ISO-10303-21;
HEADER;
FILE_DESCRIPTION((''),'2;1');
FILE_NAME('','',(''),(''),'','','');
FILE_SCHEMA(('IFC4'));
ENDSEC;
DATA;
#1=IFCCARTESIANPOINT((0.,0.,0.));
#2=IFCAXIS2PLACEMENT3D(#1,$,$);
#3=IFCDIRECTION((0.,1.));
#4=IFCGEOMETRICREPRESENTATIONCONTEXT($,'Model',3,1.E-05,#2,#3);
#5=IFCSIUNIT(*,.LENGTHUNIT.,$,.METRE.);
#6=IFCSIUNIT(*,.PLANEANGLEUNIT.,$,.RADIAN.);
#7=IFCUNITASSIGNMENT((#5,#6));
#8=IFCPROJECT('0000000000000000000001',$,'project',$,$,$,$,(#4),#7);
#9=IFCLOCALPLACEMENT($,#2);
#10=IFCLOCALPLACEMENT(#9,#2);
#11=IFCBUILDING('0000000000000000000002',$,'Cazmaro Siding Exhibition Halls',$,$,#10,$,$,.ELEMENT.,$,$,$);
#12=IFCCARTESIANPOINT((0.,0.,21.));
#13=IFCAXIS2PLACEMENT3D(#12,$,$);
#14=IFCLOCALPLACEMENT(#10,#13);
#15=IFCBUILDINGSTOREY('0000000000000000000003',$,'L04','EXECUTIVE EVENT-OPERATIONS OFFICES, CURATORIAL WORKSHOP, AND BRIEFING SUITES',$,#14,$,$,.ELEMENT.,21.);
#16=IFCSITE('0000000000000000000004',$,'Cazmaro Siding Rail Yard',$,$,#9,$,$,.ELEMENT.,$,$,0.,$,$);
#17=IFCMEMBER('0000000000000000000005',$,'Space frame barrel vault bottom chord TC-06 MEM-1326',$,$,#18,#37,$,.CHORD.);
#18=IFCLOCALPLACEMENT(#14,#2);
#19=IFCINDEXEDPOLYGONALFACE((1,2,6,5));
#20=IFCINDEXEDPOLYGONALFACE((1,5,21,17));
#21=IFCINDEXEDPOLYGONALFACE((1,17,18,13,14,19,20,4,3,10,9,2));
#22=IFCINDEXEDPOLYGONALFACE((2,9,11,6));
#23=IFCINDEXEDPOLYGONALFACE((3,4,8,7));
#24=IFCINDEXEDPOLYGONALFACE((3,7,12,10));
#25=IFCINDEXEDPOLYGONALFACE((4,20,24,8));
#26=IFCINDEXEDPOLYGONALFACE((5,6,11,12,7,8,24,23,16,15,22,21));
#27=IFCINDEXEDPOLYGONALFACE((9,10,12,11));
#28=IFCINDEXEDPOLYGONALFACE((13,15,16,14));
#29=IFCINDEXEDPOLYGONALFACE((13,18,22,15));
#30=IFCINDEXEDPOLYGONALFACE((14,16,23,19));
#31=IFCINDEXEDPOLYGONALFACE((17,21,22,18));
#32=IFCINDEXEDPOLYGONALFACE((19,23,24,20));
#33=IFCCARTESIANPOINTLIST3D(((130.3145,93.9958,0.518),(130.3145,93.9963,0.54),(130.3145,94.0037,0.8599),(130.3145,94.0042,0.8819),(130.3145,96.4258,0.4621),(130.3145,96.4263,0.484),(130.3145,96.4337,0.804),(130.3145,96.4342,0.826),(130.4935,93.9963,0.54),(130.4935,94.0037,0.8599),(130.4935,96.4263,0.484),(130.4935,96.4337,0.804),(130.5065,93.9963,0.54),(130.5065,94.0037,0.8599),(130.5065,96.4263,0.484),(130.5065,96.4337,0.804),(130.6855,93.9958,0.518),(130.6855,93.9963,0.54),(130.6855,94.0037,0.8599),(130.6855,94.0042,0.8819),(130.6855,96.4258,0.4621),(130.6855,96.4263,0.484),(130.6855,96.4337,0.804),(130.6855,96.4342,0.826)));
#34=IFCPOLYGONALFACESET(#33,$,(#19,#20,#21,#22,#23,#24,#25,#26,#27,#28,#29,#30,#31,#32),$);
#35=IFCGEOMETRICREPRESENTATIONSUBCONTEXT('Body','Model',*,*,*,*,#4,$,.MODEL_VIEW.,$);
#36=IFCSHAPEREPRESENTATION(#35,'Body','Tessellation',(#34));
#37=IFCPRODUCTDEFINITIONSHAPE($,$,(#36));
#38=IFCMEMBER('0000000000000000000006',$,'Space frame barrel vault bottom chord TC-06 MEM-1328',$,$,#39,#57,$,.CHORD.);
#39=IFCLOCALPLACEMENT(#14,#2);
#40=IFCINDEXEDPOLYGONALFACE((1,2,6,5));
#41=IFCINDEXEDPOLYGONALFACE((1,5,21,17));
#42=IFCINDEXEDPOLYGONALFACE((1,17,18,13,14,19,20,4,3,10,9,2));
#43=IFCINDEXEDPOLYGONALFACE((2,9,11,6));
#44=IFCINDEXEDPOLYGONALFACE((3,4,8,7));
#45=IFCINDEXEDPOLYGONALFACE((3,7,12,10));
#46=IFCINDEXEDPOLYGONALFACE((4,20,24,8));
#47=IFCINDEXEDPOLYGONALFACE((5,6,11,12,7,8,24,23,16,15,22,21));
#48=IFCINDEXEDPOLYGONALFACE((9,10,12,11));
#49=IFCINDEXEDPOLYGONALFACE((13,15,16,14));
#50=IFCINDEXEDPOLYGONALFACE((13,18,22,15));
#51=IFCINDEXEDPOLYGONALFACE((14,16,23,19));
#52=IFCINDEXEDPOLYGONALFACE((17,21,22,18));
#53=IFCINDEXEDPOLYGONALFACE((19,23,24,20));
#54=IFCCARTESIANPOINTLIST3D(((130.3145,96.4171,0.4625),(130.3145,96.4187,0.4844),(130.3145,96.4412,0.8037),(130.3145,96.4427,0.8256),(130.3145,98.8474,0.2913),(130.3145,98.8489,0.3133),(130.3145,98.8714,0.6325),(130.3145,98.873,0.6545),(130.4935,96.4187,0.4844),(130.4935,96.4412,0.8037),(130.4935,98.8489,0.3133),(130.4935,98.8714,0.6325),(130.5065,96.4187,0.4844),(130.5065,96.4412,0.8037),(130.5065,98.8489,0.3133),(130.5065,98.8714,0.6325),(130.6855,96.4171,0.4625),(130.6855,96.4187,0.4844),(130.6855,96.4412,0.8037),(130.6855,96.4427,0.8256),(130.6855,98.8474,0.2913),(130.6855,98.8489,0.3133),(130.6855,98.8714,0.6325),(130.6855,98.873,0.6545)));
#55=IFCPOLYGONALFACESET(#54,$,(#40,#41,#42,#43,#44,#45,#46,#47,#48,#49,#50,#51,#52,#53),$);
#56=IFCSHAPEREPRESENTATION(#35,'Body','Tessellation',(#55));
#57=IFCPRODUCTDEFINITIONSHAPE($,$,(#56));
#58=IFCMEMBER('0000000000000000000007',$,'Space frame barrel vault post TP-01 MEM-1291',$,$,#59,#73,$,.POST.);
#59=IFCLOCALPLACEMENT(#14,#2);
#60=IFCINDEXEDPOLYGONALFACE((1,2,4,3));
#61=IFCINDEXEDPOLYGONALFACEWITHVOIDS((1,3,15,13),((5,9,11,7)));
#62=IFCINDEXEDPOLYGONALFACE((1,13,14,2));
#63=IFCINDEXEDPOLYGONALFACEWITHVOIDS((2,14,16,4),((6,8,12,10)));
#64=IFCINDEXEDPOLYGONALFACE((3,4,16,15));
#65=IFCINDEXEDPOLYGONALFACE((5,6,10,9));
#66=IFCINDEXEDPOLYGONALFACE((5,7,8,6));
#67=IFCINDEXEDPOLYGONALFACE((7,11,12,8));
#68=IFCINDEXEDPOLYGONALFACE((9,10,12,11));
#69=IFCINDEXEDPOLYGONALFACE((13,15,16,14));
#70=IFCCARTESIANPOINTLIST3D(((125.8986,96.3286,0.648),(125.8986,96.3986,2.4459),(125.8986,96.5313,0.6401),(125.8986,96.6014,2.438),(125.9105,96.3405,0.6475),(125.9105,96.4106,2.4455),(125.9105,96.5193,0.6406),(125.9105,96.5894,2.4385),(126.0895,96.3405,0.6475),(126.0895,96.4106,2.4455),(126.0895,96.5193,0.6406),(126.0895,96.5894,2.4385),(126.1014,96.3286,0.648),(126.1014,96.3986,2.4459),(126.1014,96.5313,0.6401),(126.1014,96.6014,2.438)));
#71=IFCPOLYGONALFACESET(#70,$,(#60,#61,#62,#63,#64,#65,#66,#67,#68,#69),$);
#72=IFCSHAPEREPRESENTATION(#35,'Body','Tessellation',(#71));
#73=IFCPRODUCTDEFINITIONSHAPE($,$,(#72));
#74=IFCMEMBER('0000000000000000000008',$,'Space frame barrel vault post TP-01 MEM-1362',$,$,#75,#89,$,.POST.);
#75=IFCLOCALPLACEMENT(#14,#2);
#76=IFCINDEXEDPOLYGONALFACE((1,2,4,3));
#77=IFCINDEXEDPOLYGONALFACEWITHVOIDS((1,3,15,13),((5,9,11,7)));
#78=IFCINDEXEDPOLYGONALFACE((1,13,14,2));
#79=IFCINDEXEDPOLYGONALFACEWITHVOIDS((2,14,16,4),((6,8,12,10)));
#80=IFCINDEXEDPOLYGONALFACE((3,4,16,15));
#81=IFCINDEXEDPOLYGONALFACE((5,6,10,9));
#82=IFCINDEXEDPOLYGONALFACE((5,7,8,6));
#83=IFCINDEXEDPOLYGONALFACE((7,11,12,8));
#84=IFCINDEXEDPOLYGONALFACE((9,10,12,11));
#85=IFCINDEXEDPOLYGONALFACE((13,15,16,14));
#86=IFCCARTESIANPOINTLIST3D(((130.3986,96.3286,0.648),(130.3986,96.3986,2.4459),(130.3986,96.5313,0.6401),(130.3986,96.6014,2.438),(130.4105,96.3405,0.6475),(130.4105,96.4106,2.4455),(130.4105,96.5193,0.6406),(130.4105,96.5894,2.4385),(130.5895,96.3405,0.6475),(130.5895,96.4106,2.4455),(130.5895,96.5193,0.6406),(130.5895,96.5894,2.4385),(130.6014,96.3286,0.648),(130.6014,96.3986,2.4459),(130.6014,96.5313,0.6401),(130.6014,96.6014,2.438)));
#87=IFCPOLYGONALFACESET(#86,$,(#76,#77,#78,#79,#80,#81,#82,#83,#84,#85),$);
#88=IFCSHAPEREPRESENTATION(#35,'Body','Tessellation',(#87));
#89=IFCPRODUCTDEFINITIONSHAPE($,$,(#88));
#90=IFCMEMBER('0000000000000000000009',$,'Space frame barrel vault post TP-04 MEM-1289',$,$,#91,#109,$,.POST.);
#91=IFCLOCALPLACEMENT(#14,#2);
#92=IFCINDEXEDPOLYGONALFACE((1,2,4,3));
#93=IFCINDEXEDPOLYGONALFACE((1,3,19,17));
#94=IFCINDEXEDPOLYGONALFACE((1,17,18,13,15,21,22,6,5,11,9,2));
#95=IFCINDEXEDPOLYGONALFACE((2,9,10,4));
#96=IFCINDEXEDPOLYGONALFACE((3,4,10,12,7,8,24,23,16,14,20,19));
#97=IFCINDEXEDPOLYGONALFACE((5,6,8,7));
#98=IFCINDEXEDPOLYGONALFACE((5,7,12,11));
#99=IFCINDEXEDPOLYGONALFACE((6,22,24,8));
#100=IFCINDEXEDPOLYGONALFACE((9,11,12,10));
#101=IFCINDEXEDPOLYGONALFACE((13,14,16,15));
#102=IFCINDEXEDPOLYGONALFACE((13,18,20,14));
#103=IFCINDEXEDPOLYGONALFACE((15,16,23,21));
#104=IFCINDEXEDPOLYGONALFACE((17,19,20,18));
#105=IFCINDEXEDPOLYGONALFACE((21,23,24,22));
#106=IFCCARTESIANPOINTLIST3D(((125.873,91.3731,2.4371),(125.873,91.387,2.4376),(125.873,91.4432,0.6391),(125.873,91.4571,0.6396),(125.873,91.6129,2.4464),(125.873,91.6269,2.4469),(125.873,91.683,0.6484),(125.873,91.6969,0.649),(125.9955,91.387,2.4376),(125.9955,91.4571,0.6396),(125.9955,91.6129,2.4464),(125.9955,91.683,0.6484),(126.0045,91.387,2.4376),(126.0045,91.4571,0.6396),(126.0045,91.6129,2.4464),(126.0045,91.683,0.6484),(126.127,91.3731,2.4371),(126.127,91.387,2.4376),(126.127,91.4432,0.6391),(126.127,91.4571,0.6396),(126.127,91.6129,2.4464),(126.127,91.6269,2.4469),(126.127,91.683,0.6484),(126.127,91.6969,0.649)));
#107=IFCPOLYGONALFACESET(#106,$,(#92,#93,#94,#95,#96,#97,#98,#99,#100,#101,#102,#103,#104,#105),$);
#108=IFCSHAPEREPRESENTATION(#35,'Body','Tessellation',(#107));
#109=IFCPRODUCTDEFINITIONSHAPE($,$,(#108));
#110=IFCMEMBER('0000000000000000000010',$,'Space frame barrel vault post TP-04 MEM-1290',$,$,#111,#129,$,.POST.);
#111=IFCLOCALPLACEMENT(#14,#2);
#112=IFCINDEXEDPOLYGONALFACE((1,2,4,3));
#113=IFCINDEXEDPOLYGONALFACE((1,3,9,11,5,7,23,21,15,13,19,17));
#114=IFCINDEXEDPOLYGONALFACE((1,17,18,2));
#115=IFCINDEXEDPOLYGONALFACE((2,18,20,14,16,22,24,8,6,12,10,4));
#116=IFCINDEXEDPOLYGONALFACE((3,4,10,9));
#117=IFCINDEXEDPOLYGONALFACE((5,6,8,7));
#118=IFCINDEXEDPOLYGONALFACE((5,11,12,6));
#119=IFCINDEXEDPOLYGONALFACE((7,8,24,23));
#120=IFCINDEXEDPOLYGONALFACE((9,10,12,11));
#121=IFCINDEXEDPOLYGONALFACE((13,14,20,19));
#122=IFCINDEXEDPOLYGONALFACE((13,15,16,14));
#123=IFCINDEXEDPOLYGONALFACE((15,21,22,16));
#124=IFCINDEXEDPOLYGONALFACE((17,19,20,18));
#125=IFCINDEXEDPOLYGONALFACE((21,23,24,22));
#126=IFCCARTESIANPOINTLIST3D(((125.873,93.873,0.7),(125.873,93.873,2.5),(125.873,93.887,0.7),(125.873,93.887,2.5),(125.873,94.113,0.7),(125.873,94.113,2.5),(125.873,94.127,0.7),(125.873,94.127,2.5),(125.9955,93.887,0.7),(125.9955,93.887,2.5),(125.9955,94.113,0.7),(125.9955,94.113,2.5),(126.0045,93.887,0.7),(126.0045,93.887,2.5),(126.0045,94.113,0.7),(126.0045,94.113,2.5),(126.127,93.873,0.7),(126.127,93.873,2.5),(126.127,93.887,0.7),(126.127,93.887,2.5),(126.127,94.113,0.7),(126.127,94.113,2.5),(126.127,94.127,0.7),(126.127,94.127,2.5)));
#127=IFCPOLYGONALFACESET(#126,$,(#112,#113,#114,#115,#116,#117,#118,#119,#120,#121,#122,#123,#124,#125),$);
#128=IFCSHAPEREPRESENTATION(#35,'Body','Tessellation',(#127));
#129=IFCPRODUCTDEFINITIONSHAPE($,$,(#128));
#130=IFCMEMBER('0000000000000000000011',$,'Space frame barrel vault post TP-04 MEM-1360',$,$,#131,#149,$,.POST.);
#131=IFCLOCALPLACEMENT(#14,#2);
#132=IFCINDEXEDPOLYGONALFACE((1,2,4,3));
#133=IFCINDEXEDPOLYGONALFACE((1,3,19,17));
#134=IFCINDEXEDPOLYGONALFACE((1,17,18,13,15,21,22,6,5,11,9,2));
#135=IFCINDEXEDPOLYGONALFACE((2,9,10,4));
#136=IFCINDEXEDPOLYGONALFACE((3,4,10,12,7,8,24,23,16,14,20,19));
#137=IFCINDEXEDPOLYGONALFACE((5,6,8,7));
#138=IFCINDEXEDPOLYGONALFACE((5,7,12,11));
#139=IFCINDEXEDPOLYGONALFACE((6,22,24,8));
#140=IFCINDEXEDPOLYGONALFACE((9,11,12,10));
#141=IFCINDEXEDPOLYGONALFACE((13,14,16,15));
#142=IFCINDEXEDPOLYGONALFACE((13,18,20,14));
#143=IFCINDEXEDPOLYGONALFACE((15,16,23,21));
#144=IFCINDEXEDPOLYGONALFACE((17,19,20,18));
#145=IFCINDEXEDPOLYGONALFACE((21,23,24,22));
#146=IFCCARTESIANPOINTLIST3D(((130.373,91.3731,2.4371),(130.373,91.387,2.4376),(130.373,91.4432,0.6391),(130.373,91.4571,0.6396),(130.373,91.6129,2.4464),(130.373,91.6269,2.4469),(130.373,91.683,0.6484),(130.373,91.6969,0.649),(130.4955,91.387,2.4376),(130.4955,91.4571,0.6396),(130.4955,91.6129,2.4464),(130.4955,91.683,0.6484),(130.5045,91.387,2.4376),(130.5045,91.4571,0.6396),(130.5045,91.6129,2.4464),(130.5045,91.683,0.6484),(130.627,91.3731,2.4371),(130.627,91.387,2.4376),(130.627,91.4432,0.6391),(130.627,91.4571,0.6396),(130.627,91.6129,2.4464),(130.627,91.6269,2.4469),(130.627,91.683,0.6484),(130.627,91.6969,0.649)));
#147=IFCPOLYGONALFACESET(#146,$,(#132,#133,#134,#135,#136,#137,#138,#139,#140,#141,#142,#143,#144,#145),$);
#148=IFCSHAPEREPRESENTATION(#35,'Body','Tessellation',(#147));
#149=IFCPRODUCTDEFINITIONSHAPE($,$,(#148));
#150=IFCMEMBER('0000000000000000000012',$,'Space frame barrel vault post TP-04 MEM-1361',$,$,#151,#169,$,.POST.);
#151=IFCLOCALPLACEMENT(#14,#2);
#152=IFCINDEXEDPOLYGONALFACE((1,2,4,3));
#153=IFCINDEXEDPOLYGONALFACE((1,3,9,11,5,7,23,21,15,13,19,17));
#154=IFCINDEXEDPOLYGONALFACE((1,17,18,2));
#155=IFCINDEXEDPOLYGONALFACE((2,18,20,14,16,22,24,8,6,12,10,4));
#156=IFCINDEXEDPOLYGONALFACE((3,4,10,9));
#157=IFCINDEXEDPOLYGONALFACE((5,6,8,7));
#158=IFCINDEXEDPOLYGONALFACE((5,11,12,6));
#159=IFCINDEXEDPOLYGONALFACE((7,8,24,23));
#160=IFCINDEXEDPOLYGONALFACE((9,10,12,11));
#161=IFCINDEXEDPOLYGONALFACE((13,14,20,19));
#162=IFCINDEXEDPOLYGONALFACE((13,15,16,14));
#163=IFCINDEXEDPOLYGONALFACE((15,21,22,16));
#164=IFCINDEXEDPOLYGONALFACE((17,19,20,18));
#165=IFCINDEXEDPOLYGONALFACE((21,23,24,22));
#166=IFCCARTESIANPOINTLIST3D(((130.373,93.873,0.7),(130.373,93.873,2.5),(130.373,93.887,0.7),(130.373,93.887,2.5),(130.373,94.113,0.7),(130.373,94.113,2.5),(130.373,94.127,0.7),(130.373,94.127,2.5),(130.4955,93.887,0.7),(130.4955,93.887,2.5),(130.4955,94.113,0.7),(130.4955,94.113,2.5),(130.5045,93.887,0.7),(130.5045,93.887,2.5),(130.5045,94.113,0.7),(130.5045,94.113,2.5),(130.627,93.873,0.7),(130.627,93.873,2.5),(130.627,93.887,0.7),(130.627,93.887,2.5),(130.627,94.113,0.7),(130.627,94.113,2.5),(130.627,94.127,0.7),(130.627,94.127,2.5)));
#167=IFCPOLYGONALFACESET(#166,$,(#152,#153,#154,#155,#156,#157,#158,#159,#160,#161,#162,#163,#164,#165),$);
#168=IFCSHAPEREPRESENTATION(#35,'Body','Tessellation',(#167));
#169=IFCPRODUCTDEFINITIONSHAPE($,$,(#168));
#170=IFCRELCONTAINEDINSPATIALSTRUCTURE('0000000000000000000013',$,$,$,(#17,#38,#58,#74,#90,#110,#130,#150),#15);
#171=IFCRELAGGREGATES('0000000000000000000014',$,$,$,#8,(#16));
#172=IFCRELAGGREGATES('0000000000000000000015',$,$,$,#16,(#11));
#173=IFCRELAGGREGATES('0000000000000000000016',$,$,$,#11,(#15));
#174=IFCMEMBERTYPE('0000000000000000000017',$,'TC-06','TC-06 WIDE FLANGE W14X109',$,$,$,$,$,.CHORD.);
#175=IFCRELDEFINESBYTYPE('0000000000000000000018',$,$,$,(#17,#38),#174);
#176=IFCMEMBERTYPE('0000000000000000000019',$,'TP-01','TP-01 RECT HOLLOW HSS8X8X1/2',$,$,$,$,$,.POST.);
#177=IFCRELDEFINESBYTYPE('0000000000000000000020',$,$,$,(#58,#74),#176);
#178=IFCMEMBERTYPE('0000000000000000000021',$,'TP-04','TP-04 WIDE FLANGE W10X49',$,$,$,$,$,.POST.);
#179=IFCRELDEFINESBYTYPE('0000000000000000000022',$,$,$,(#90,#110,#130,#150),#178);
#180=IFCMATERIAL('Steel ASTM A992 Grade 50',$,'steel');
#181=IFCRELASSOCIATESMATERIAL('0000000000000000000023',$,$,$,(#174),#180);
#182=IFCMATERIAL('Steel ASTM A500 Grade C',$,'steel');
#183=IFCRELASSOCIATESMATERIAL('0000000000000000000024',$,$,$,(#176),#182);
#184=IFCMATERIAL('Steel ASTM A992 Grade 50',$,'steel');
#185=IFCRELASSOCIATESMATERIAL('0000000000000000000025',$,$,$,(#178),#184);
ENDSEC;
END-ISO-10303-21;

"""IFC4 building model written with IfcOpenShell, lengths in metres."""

from ifc_helpers import new_model, si_unit, direction, frame, origin, origin_2d, place, context, subcontext, project, spatial, hollow_rectangle, i_section, extrude, material, material_profile, profile_set, type_object, element, save


model = new_model("IFC4")

# Units and contexts
model_context = context("Model", 3, precision=1e-05, world=origin(), true_north=direction((0.0, 1.0)))
body_context = subcontext(model_context, "Body", "Model", "MODEL_VIEW")
ifc_project = project(units=[si_unit("LENGTHUNIT", "METRE"), si_unit("PLANEANGLEUNIT", "RADIAN")], contexts=[model_context])

# Site, building, storey
site_placement = place(None, origin())
site = spatial("IfcSite", under=ifc_project, at=site_placement, Name="Cazmaro Siding Rail Yard", CompositionType="ELEMENT", RefElevation=0.0)
building_placement = place(site_placement, origin())
building = spatial("IfcBuilding", under=site, at=building_placement, Name="Cazmaro Siding Exhibition Halls", CompositionType="ELEMENT")
storey_placement = place(building_placement, frame((0.0, 0.0, 21.0)))
storey = spatial("IfcBuildingStorey", under=building, at=storey_placement, Name="L04", Description="EXECUTIVE EVENT-OPERATIONS OFFICES, CURATORIAL WORKSHOP, AND BRIEFING SUITES", CompositionType="ELEMENT", Elevation=21.0)

# Members
ifc_material_1 = material(Name="Steel ASTM A992 Grade 50", Category="steel")
ifc_material_profile_1 = material_profile(ifc_material_1, i_section(OverallWidth=0.3711, OverallDepth=0.364, WebThickness=0.0129, FlangeThickness=0.022, at=origin_2d()), Name="W14X109")
ifc_profile_set_1 = profile_set([ifc_material_profile_1], Name="Steel ASTM A992 Grade 50")
member_type_1 = type_object("IfcMemberType", Name="TC-06", Description="TC-06 WIDE FLANGE W14X109", PredefinedType="CHORD", material=ifc_profile_set_1)
for number, where, z_axis, x_axis, name in (
    (1, (130.5, 94.0, 0.7), (0.0, 0.999735, -0.023002), (-1.0, 0.0, 0.0), "Space frame barrel vault bottom chord TC-06 MEM-1326"),
):
    element("IfcMember", number, at=place(storey_placement, frame(where, z_axis=z_axis, x_axis=x_axis)), inside=storey, type_object=member_type_1, Name=name, PredefinedType="CHORD", context=body_context, shape_type="SweptSolid", body=[
        extrude(i_section(OverallWidth=0.3711, OverallDepth=0.364, WebThickness=0.0129, FlangeThickness=0.022, at=origin_2d()), origin(), (0.0, 0.0, 1.0), 2.4307),
    ])
member_1_placement = place(storey_placement, frame((130.5, 96.4299, 0.644), z_axis=(0.0, 0.997529, -0.07025), x_axis=(-1.0, 0.0, 0.0)))
element("IfcMember", 2, at=member_1_placement, inside=storey, type_object=member_type_1, Name="Space frame barrel vault bottom chord TC-06 MEM-1328", PredefinedType="CHORD", context=body_context, shape_type="SweptSolid", body=[
    extrude(i_section(OverallWidth=0.3711, OverallDepth=0.364, WebThickness=0.0129, FlangeThickness=0.022, at=origin_2d()), origin(), (0.0, 0.0, 1.0), 2.4363),
])
ifc_material_2 = material(Name="Steel ASTM A500 Grade C", Category="steel")
ifc_material_profile_2 = material_profile(ifc_material_2, hollow_rectangle(XDim=0.2029, YDim=0.2029, WallThickness=0.012, at=origin_2d()), Name="HSS8X8X1/2")
ifc_profile_set_2 = profile_set([ifc_material_profile_2], Name="Steel ASTM A500 Grade C")
member_type_2 = type_object("IfcMemberType", Name="TP-01", Description="TP-01 RECT HOLLOW HSS8X8X1/2", PredefinedType="POST", material=ifc_profile_set_2)
for number, where, z_axis, x_axis, name in (
    (3, (126.0, 96.4299, 0.644), (0.0, 0.038944, 0.999241), (-1.0, 0.0, 0.0), "Space frame barrel vault post TP-01 MEM-1291"),
    (4, (130.5, 96.4299, 0.644), (0.0, 0.038944, 0.999241), (-1.0, 0.0, 0.0), "Space frame barrel vault post TP-01 MEM-1362"),
):
    element("IfcMember", number, at=place(storey_placement, frame(where, z_axis=z_axis, x_axis=x_axis)), inside=storey, type_object=member_type_2, Name=name, PredefinedType="POST", context=body_context, shape_type="SweptSolid", body=[
        extrude(hollow_rectangle(XDim=0.2029, YDim=0.2029, WallThickness=0.012, at=origin_2d()), origin(), (0.0, 0.0, 1.0), 1.7993),
    ])
ifc_material_3 = material(Name="Steel ASTM A992 Grade 50", Category="steel")
ifc_material_profile_3 = material_profile(ifc_material_3, i_section(OverallWidth=0.2539, OverallDepth=0.2539, WebThickness=0.009, FlangeThickness=0.0139, at=origin_2d()), Name="W10X49")
ifc_profile_set_3 = profile_set([ifc_material_profile_3], Name="Steel ASTM A992 Grade 50")
member_type_3 = type_object("IfcMemberType", Name="TP-04", Description="TP-04 WIDE FLANGE W10X49", PredefinedType="POST", material=ifc_profile_set_3)
member_2_placement = place(storey_placement, frame((126.0, 91.5701, 0.644), z_axis=(0.0, -0.038944, 0.999241), x_axis=(1.0, 0.0, 0.0)))
element("IfcMember", 5, at=member_2_placement, inside=storey, type_object=member_type_3, Name="Space frame barrel vault post TP-04 MEM-1289", PredefinedType="POST", context=body_context, shape_type="SweptSolid", body=[
    extrude(i_section(OverallWidth=0.2539, OverallDepth=0.2539, WebThickness=0.009, FlangeThickness=0.0139, at=origin_2d()), origin(), (0.0, 0.0, 1.0), 1.7993),
])
member_3_placement = place(storey_placement, frame((126.0, 94.0, 0.7), z_axis=(0.0, 0.0, 1.0), x_axis=(1.0, 0.0, 0.0)))
element("IfcMember", 6, at=member_3_placement, inside=storey, type_object=member_type_3, Name="Space frame barrel vault post TP-04 MEM-1290", PredefinedType="POST", context=body_context, shape_type="SweptSolid", body=[
    extrude(i_section(OverallWidth=0.2539, OverallDepth=0.2539, WebThickness=0.009, FlangeThickness=0.0139, at=origin_2d()), origin(), (0.0, 0.0, 1.0), 1.8),
])
member_4_placement = place(storey_placement, frame((130.5, 91.5701, 0.644), z_axis=(0.0, -0.038944, 0.999241), x_axis=(1.0, 0.0, 0.0)))
element("IfcMember", 7, at=member_4_placement, inside=storey, type_object=member_type_3, Name="Space frame barrel vault post TP-04 MEM-1360", PredefinedType="POST", context=body_context, shape_type="SweptSolid", body=[
    extrude(i_section(OverallWidth=0.2539, OverallDepth=0.2539, WebThickness=0.009, FlangeThickness=0.0139, at=origin_2d()), origin(), (0.0, 0.0, 1.0), 1.7993),
])
member_5_placement = place(storey_placement, frame((130.5, 94.0, 0.7), z_axis=(0.0, 0.0, 1.0), x_axis=(1.0, 0.0, 0.0)))
element("IfcMember", 8, at=member_5_placement, inside=storey, type_object=member_type_3, Name="Space frame barrel vault post TP-04 MEM-1361", PredefinedType="POST", context=body_context, shape_type="SweptSolid", body=[
    extrude(i_section(OverallWidth=0.2539, OverallDepth=0.2539, WebThickness=0.009, FlangeThickness=0.0139, at=origin_2d()), origin(), (0.0, 0.0, 1.0), 1.8),
])

save(model, "model.ifc")
